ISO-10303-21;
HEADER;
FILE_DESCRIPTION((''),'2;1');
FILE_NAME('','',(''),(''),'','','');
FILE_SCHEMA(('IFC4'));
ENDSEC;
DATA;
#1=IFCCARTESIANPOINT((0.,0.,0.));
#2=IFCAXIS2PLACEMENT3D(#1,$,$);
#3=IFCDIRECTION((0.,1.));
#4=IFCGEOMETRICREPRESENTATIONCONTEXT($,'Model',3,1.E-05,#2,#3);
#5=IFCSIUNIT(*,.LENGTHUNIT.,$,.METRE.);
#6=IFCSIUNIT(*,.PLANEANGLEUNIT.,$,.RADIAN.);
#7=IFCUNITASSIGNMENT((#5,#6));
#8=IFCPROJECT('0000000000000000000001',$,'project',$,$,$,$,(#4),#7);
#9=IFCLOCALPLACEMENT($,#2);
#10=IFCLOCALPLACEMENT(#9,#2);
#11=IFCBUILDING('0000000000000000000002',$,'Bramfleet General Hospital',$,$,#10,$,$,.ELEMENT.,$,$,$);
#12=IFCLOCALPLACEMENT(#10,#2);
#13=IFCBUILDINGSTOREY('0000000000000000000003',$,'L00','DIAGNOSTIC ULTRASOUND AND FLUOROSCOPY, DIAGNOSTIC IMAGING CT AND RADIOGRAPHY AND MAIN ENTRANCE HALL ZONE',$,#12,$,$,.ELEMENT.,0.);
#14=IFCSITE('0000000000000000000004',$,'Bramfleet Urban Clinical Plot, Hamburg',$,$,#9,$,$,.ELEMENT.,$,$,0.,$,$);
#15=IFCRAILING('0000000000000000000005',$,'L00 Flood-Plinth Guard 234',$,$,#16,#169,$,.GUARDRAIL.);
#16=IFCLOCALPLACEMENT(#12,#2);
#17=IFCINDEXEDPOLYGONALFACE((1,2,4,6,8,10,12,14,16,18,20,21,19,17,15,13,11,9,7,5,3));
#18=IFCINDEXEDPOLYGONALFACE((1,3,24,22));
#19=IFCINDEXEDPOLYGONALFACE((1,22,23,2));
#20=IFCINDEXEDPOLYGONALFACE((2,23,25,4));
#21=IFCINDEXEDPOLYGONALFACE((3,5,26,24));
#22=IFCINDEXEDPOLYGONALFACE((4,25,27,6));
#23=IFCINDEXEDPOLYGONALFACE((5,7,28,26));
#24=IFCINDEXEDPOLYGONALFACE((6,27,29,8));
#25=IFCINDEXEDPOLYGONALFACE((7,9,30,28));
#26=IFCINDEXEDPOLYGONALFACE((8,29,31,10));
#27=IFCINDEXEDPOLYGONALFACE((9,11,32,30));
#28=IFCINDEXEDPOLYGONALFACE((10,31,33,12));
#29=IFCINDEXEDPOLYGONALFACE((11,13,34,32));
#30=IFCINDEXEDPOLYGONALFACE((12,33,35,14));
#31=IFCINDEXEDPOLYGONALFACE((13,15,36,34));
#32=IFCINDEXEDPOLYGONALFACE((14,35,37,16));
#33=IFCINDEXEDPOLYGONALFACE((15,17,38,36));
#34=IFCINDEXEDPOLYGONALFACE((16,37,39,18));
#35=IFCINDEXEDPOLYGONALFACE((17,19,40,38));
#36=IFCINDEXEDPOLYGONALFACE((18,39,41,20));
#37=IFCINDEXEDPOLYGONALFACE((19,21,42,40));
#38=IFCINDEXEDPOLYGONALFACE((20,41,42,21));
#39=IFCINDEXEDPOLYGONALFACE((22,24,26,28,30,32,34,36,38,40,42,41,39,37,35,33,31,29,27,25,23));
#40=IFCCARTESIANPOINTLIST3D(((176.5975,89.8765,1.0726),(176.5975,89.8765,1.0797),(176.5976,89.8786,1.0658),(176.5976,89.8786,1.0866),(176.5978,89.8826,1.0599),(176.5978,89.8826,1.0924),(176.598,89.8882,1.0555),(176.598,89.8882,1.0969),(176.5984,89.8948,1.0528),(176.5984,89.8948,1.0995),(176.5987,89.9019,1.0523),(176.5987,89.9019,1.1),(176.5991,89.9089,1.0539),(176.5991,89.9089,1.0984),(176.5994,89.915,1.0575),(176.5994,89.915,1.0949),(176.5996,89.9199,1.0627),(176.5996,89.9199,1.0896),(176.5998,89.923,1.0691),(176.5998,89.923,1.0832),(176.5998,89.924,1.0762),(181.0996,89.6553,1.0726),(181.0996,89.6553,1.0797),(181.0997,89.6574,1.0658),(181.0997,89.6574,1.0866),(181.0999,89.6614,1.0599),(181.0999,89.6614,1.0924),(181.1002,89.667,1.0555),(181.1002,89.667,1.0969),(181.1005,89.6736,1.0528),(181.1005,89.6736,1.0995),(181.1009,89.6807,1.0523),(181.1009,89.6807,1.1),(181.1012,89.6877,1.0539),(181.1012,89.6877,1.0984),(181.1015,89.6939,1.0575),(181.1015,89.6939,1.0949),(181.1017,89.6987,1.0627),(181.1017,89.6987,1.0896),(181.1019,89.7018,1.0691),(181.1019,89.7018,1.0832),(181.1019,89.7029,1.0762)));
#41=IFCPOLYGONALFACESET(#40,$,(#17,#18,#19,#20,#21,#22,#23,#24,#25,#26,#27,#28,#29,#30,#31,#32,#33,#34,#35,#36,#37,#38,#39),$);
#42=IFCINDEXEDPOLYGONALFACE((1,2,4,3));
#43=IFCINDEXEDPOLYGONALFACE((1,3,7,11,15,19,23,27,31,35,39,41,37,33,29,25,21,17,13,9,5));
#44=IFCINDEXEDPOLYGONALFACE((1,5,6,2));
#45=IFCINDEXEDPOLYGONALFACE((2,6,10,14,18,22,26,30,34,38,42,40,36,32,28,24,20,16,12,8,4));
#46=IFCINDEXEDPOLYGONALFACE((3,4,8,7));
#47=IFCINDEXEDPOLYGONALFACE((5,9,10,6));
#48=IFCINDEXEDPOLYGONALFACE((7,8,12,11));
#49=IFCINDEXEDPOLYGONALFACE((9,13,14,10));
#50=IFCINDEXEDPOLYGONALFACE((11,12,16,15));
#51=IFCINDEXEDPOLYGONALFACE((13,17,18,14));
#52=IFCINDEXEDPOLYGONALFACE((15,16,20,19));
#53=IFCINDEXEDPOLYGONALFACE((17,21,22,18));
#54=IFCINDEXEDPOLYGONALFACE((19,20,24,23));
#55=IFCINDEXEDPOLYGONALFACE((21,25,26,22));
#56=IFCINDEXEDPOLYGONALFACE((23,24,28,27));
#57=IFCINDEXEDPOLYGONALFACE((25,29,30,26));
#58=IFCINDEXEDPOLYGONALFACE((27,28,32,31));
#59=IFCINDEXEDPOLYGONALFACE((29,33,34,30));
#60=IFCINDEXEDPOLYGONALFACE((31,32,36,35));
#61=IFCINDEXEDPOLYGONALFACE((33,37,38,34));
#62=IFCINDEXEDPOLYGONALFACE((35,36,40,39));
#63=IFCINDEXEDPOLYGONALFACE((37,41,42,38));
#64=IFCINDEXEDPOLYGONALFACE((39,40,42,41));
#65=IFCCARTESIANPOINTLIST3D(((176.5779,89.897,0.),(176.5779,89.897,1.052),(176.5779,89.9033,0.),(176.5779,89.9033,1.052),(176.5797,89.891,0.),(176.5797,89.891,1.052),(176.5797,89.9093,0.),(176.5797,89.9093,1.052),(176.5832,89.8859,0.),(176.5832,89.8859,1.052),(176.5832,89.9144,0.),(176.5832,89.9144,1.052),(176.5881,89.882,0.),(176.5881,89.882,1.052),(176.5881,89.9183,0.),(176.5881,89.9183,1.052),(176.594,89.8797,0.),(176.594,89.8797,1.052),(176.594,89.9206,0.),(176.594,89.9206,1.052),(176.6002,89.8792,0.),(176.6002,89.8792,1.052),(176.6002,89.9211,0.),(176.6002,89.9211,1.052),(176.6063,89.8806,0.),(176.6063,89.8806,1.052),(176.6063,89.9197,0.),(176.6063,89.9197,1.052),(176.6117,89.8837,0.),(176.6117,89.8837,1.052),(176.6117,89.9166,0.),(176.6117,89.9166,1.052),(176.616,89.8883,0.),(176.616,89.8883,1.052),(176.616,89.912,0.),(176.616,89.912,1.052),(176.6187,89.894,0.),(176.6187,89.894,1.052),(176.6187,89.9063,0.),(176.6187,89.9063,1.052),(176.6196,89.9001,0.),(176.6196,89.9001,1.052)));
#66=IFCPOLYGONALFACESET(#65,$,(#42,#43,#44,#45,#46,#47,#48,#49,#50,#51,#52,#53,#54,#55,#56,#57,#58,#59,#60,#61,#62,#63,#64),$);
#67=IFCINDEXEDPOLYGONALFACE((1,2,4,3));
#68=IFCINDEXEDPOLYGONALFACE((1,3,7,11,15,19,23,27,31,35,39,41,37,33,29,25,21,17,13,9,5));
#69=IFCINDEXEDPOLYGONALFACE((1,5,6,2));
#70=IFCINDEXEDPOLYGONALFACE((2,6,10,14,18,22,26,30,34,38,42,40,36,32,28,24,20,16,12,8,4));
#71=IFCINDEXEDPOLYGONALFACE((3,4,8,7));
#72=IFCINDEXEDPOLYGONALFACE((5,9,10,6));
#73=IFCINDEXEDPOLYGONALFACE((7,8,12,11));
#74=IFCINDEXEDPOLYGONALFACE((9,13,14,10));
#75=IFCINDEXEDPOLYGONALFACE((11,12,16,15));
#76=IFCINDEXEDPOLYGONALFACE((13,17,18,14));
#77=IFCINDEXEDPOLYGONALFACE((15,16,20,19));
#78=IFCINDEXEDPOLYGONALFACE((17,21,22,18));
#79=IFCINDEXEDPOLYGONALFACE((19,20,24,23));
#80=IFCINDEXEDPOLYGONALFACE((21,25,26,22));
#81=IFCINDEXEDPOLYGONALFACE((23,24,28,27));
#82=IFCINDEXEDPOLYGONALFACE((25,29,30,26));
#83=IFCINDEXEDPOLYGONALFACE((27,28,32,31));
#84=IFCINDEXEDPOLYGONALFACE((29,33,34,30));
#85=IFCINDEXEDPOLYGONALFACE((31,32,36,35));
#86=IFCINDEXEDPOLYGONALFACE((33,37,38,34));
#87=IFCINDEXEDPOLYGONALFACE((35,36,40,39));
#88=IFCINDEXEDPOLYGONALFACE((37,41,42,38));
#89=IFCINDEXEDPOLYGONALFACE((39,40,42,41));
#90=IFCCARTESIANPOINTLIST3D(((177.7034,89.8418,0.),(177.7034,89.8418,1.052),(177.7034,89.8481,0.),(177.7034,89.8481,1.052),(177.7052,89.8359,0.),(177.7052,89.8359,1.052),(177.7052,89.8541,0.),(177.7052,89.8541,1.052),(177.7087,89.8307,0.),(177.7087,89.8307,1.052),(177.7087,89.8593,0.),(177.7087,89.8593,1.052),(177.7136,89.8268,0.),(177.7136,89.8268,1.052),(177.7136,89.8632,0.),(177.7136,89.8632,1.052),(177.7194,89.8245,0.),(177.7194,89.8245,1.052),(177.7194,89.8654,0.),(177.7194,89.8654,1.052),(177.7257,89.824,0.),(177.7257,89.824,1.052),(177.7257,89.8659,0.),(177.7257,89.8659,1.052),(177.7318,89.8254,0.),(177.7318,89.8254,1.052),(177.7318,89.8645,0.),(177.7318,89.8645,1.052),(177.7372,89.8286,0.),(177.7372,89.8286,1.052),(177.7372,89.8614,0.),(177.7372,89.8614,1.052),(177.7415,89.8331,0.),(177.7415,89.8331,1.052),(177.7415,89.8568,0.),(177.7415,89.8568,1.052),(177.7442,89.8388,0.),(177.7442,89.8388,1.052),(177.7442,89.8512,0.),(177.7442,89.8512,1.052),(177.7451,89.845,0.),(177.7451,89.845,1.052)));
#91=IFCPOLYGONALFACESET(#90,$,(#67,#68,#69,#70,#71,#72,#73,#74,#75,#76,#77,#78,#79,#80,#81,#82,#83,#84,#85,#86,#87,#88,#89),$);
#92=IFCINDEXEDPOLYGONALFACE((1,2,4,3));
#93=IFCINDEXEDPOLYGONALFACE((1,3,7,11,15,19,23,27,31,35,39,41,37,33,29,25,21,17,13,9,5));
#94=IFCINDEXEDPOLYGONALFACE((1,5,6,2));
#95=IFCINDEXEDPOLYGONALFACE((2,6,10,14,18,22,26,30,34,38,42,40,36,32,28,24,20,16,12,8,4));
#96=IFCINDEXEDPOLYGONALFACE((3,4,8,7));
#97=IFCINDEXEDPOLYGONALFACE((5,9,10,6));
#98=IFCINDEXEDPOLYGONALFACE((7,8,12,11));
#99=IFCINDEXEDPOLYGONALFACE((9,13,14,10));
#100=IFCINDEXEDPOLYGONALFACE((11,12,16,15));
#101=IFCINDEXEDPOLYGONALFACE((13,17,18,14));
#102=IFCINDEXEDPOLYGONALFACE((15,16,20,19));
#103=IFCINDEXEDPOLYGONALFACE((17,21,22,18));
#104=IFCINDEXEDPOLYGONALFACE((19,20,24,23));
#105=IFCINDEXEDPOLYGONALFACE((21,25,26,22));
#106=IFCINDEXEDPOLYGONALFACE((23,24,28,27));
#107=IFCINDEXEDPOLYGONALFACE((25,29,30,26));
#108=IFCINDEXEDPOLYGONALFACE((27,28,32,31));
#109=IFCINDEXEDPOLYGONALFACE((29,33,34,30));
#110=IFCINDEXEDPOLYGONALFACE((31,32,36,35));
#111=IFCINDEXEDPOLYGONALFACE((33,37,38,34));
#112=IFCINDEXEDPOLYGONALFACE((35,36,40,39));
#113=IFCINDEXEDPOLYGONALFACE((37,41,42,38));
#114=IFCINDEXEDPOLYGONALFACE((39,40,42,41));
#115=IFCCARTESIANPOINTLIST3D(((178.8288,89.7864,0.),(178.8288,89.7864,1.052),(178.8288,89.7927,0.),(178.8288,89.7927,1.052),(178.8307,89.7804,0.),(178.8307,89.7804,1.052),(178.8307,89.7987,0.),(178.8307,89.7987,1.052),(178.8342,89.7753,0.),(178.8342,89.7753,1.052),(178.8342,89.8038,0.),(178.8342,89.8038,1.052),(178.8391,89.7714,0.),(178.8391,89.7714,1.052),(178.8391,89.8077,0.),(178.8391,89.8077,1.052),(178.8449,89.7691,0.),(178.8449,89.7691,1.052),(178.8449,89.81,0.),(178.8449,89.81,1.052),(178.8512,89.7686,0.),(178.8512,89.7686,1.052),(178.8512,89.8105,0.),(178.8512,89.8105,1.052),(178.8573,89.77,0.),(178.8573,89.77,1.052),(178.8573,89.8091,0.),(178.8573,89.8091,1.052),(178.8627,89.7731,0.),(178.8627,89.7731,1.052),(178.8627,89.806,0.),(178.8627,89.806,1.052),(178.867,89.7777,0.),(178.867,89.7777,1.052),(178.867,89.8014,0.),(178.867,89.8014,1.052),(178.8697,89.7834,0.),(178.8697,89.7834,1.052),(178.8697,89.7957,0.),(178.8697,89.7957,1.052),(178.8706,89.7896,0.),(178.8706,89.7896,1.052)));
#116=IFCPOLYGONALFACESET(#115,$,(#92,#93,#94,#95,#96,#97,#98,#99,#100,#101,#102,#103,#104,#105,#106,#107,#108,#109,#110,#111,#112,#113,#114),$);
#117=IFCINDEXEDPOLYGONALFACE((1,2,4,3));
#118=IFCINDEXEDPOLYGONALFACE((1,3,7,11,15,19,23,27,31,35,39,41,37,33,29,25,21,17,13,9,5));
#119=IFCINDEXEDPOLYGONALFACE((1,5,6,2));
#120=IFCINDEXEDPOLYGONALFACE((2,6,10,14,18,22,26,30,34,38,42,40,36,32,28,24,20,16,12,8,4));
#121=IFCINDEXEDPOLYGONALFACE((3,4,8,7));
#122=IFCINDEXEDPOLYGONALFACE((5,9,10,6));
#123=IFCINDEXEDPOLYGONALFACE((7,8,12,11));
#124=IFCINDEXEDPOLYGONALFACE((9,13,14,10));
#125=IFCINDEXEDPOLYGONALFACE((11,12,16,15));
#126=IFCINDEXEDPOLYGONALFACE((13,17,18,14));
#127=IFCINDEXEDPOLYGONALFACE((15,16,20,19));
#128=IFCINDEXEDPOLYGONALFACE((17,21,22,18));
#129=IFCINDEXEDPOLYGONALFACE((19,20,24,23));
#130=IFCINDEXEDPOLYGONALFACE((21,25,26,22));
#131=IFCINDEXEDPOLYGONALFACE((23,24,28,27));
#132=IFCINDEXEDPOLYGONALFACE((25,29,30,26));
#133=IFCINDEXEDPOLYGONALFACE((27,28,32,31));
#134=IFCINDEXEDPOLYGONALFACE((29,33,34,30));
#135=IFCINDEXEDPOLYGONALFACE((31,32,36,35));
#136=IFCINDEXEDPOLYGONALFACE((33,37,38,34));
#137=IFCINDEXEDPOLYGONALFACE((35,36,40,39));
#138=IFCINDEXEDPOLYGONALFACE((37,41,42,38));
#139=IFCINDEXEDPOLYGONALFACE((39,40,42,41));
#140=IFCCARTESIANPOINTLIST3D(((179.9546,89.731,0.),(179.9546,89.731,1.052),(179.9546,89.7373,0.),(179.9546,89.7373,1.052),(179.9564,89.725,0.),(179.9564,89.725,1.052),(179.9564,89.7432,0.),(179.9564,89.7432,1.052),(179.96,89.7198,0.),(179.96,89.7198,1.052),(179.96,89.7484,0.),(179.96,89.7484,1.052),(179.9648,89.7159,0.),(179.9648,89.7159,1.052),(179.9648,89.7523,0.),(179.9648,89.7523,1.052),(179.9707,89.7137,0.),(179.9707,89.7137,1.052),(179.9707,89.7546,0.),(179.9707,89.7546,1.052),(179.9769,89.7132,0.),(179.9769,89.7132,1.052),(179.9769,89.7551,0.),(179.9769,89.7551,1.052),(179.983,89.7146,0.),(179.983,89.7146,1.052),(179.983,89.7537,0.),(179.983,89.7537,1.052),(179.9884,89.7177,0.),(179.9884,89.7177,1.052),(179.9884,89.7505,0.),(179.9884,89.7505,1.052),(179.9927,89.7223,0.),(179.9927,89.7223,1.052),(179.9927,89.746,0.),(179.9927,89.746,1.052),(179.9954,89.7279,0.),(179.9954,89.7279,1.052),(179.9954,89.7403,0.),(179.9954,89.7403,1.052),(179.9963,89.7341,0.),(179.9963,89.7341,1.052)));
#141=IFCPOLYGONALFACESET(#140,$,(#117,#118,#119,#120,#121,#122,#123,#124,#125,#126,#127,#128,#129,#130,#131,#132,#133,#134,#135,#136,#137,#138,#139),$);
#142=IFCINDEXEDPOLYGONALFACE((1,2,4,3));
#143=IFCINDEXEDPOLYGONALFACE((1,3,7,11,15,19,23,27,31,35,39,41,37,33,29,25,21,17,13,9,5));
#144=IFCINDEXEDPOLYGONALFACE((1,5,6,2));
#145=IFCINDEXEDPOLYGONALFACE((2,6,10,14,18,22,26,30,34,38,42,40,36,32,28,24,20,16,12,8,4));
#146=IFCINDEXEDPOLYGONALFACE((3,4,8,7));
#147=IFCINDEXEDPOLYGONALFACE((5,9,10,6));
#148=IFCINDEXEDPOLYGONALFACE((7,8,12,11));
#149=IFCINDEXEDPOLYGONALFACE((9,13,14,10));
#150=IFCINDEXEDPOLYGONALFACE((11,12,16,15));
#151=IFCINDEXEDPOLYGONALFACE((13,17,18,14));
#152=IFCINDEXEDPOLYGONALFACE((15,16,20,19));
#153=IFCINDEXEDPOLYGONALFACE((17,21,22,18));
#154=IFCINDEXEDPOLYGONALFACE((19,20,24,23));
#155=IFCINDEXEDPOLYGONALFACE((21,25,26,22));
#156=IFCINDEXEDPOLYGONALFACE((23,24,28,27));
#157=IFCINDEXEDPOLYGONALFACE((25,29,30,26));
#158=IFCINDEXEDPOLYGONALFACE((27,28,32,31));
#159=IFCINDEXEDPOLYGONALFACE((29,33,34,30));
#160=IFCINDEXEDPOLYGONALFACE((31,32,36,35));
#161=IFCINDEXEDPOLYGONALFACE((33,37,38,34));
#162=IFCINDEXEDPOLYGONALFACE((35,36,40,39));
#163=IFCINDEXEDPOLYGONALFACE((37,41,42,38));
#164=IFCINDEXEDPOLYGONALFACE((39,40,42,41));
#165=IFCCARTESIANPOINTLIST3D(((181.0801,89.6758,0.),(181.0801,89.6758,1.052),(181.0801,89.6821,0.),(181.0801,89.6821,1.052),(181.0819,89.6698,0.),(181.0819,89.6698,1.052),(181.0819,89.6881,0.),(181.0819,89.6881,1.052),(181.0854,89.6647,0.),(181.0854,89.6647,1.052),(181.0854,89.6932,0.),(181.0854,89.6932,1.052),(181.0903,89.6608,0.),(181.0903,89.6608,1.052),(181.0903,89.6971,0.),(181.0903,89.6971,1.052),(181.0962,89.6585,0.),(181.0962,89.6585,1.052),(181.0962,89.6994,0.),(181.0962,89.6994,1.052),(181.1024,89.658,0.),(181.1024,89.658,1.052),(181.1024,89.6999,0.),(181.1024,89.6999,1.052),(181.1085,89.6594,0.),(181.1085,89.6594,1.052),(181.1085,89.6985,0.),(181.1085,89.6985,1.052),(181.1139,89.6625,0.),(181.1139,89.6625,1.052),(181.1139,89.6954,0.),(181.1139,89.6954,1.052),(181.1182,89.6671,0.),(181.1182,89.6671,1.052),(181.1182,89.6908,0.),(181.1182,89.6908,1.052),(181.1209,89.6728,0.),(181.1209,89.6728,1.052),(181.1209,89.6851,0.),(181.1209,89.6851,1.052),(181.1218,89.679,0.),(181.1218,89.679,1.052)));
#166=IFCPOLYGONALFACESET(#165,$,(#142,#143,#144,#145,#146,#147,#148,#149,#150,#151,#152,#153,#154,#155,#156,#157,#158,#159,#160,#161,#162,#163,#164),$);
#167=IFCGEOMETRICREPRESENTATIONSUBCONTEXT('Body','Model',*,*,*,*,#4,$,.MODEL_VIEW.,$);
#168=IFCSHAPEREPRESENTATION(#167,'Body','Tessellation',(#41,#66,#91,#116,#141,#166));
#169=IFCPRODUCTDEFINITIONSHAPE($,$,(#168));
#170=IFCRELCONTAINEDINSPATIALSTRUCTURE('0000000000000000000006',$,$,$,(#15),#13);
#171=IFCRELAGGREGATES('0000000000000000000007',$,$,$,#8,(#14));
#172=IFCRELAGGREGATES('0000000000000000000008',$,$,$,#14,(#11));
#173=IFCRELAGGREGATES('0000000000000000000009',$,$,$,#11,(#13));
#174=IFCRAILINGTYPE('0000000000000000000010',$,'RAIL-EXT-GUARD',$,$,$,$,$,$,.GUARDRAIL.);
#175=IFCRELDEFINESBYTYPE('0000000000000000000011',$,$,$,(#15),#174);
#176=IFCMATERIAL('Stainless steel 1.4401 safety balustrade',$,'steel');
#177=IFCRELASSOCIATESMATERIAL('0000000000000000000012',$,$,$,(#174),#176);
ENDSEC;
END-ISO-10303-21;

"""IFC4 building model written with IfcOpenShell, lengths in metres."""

from ifc_helpers import new_model, si_unit, direction, frame, origin, origin_2d, place, context, subcontext, project, spatial, circle, extrude, material, type_object, element, save


model = new_model("IFC4")

# Units and contexts
model_context = context("Model", 3, precision=1e-05, world=origin(), true_north=direction((0.0, 1.0)))
body_context = subcontext(model_context, "Body", "Model", "MODEL_VIEW")
ifc_project = project(units=[si_unit("LENGTHUNIT", "METRE"), si_unit("PLANEANGLEUNIT", "RADIAN")], contexts=[model_context])

# Site, building, storey
site_placement = place(None, origin())
site = spatial("IfcSite", under=ifc_project, at=site_placement, Name="Bramfleet Urban Clinical Plot, Hamburg", CompositionType="ELEMENT", RefElevation=0.0)
building_placement = place(site_placement, origin())
building = spatial("IfcBuilding", under=site, at=building_placement, Name="Bramfleet General Hospital", CompositionType="ELEMENT")
storey_placement = place(building_placement, origin())
storey = spatial("IfcBuildingStorey", under=building, at=storey_placement, Name="L00", Description="DIAGNOSTIC ULTRASOUND AND FLUOROSCOPY, DIAGNOSTIC IMAGING CT AND RADIOGRAPHY AND MAIN ENTRANCE HALL ZONE", CompositionType="ELEMENT", Elevation=0.0)

# Railing
ifc_material_1 = material(Name="Stainless steel 1.4401 safety balustrade", Category="steel")
railing_type_1 = type_object("IfcRailingType", Name="RAIL-EXT-GUARD", PredefinedType="GUARDRAIL", material=ifc_material_1)
railing_1_placement = place(storey_placement, frame((176.5986, 89.9001, 0.0)))
element("IfcRailing", 1, at=railing_1_placement, inside=storey, type_object=railing_type_1, Name="L00 Flood-Plinth Guard 234", PredefinedType="GUARDRAIL", context=body_context, shape_type="SweptSolid", body=[
    extrude(circle(Radius=0.0239, at=origin_2d()), frame((0.0, 0.0, 1.0762), z_axis=(0.998795, -0.04907, 0.0), x_axis=(0.04907, 0.998795, 0.0)), (0.0, 0.0, 1.0), 4.5076),
    extrude(circle(Radius=0.021, at=origin_2d()), origin(), (0.0, 0.0, 1.0), 1.052),
    extrude(circle(Radius=0.021, at=origin_2d()), frame((1.1255, -0.0552, 0.0)), (0.0, 0.0, 1.0), 1.052),
    extrude(circle(Radius=0.021, at=origin_2d()), frame((2.251, -0.1106, 0.0)), (0.0, 0.0, 1.0), 1.052),
    extrude(circle(Radius=0.021, at=origin_2d()), frame((3.3767, -0.166, 0.0)), (0.0, 0.0, 1.0), 1.052),
    extrude(circle(Radius=0.021, at=origin_2d()), frame((4.5022, -0.2212, 0.0)), (0.0, 0.0, 1.0), 1.052),
])

save(model, "model.ifc")
